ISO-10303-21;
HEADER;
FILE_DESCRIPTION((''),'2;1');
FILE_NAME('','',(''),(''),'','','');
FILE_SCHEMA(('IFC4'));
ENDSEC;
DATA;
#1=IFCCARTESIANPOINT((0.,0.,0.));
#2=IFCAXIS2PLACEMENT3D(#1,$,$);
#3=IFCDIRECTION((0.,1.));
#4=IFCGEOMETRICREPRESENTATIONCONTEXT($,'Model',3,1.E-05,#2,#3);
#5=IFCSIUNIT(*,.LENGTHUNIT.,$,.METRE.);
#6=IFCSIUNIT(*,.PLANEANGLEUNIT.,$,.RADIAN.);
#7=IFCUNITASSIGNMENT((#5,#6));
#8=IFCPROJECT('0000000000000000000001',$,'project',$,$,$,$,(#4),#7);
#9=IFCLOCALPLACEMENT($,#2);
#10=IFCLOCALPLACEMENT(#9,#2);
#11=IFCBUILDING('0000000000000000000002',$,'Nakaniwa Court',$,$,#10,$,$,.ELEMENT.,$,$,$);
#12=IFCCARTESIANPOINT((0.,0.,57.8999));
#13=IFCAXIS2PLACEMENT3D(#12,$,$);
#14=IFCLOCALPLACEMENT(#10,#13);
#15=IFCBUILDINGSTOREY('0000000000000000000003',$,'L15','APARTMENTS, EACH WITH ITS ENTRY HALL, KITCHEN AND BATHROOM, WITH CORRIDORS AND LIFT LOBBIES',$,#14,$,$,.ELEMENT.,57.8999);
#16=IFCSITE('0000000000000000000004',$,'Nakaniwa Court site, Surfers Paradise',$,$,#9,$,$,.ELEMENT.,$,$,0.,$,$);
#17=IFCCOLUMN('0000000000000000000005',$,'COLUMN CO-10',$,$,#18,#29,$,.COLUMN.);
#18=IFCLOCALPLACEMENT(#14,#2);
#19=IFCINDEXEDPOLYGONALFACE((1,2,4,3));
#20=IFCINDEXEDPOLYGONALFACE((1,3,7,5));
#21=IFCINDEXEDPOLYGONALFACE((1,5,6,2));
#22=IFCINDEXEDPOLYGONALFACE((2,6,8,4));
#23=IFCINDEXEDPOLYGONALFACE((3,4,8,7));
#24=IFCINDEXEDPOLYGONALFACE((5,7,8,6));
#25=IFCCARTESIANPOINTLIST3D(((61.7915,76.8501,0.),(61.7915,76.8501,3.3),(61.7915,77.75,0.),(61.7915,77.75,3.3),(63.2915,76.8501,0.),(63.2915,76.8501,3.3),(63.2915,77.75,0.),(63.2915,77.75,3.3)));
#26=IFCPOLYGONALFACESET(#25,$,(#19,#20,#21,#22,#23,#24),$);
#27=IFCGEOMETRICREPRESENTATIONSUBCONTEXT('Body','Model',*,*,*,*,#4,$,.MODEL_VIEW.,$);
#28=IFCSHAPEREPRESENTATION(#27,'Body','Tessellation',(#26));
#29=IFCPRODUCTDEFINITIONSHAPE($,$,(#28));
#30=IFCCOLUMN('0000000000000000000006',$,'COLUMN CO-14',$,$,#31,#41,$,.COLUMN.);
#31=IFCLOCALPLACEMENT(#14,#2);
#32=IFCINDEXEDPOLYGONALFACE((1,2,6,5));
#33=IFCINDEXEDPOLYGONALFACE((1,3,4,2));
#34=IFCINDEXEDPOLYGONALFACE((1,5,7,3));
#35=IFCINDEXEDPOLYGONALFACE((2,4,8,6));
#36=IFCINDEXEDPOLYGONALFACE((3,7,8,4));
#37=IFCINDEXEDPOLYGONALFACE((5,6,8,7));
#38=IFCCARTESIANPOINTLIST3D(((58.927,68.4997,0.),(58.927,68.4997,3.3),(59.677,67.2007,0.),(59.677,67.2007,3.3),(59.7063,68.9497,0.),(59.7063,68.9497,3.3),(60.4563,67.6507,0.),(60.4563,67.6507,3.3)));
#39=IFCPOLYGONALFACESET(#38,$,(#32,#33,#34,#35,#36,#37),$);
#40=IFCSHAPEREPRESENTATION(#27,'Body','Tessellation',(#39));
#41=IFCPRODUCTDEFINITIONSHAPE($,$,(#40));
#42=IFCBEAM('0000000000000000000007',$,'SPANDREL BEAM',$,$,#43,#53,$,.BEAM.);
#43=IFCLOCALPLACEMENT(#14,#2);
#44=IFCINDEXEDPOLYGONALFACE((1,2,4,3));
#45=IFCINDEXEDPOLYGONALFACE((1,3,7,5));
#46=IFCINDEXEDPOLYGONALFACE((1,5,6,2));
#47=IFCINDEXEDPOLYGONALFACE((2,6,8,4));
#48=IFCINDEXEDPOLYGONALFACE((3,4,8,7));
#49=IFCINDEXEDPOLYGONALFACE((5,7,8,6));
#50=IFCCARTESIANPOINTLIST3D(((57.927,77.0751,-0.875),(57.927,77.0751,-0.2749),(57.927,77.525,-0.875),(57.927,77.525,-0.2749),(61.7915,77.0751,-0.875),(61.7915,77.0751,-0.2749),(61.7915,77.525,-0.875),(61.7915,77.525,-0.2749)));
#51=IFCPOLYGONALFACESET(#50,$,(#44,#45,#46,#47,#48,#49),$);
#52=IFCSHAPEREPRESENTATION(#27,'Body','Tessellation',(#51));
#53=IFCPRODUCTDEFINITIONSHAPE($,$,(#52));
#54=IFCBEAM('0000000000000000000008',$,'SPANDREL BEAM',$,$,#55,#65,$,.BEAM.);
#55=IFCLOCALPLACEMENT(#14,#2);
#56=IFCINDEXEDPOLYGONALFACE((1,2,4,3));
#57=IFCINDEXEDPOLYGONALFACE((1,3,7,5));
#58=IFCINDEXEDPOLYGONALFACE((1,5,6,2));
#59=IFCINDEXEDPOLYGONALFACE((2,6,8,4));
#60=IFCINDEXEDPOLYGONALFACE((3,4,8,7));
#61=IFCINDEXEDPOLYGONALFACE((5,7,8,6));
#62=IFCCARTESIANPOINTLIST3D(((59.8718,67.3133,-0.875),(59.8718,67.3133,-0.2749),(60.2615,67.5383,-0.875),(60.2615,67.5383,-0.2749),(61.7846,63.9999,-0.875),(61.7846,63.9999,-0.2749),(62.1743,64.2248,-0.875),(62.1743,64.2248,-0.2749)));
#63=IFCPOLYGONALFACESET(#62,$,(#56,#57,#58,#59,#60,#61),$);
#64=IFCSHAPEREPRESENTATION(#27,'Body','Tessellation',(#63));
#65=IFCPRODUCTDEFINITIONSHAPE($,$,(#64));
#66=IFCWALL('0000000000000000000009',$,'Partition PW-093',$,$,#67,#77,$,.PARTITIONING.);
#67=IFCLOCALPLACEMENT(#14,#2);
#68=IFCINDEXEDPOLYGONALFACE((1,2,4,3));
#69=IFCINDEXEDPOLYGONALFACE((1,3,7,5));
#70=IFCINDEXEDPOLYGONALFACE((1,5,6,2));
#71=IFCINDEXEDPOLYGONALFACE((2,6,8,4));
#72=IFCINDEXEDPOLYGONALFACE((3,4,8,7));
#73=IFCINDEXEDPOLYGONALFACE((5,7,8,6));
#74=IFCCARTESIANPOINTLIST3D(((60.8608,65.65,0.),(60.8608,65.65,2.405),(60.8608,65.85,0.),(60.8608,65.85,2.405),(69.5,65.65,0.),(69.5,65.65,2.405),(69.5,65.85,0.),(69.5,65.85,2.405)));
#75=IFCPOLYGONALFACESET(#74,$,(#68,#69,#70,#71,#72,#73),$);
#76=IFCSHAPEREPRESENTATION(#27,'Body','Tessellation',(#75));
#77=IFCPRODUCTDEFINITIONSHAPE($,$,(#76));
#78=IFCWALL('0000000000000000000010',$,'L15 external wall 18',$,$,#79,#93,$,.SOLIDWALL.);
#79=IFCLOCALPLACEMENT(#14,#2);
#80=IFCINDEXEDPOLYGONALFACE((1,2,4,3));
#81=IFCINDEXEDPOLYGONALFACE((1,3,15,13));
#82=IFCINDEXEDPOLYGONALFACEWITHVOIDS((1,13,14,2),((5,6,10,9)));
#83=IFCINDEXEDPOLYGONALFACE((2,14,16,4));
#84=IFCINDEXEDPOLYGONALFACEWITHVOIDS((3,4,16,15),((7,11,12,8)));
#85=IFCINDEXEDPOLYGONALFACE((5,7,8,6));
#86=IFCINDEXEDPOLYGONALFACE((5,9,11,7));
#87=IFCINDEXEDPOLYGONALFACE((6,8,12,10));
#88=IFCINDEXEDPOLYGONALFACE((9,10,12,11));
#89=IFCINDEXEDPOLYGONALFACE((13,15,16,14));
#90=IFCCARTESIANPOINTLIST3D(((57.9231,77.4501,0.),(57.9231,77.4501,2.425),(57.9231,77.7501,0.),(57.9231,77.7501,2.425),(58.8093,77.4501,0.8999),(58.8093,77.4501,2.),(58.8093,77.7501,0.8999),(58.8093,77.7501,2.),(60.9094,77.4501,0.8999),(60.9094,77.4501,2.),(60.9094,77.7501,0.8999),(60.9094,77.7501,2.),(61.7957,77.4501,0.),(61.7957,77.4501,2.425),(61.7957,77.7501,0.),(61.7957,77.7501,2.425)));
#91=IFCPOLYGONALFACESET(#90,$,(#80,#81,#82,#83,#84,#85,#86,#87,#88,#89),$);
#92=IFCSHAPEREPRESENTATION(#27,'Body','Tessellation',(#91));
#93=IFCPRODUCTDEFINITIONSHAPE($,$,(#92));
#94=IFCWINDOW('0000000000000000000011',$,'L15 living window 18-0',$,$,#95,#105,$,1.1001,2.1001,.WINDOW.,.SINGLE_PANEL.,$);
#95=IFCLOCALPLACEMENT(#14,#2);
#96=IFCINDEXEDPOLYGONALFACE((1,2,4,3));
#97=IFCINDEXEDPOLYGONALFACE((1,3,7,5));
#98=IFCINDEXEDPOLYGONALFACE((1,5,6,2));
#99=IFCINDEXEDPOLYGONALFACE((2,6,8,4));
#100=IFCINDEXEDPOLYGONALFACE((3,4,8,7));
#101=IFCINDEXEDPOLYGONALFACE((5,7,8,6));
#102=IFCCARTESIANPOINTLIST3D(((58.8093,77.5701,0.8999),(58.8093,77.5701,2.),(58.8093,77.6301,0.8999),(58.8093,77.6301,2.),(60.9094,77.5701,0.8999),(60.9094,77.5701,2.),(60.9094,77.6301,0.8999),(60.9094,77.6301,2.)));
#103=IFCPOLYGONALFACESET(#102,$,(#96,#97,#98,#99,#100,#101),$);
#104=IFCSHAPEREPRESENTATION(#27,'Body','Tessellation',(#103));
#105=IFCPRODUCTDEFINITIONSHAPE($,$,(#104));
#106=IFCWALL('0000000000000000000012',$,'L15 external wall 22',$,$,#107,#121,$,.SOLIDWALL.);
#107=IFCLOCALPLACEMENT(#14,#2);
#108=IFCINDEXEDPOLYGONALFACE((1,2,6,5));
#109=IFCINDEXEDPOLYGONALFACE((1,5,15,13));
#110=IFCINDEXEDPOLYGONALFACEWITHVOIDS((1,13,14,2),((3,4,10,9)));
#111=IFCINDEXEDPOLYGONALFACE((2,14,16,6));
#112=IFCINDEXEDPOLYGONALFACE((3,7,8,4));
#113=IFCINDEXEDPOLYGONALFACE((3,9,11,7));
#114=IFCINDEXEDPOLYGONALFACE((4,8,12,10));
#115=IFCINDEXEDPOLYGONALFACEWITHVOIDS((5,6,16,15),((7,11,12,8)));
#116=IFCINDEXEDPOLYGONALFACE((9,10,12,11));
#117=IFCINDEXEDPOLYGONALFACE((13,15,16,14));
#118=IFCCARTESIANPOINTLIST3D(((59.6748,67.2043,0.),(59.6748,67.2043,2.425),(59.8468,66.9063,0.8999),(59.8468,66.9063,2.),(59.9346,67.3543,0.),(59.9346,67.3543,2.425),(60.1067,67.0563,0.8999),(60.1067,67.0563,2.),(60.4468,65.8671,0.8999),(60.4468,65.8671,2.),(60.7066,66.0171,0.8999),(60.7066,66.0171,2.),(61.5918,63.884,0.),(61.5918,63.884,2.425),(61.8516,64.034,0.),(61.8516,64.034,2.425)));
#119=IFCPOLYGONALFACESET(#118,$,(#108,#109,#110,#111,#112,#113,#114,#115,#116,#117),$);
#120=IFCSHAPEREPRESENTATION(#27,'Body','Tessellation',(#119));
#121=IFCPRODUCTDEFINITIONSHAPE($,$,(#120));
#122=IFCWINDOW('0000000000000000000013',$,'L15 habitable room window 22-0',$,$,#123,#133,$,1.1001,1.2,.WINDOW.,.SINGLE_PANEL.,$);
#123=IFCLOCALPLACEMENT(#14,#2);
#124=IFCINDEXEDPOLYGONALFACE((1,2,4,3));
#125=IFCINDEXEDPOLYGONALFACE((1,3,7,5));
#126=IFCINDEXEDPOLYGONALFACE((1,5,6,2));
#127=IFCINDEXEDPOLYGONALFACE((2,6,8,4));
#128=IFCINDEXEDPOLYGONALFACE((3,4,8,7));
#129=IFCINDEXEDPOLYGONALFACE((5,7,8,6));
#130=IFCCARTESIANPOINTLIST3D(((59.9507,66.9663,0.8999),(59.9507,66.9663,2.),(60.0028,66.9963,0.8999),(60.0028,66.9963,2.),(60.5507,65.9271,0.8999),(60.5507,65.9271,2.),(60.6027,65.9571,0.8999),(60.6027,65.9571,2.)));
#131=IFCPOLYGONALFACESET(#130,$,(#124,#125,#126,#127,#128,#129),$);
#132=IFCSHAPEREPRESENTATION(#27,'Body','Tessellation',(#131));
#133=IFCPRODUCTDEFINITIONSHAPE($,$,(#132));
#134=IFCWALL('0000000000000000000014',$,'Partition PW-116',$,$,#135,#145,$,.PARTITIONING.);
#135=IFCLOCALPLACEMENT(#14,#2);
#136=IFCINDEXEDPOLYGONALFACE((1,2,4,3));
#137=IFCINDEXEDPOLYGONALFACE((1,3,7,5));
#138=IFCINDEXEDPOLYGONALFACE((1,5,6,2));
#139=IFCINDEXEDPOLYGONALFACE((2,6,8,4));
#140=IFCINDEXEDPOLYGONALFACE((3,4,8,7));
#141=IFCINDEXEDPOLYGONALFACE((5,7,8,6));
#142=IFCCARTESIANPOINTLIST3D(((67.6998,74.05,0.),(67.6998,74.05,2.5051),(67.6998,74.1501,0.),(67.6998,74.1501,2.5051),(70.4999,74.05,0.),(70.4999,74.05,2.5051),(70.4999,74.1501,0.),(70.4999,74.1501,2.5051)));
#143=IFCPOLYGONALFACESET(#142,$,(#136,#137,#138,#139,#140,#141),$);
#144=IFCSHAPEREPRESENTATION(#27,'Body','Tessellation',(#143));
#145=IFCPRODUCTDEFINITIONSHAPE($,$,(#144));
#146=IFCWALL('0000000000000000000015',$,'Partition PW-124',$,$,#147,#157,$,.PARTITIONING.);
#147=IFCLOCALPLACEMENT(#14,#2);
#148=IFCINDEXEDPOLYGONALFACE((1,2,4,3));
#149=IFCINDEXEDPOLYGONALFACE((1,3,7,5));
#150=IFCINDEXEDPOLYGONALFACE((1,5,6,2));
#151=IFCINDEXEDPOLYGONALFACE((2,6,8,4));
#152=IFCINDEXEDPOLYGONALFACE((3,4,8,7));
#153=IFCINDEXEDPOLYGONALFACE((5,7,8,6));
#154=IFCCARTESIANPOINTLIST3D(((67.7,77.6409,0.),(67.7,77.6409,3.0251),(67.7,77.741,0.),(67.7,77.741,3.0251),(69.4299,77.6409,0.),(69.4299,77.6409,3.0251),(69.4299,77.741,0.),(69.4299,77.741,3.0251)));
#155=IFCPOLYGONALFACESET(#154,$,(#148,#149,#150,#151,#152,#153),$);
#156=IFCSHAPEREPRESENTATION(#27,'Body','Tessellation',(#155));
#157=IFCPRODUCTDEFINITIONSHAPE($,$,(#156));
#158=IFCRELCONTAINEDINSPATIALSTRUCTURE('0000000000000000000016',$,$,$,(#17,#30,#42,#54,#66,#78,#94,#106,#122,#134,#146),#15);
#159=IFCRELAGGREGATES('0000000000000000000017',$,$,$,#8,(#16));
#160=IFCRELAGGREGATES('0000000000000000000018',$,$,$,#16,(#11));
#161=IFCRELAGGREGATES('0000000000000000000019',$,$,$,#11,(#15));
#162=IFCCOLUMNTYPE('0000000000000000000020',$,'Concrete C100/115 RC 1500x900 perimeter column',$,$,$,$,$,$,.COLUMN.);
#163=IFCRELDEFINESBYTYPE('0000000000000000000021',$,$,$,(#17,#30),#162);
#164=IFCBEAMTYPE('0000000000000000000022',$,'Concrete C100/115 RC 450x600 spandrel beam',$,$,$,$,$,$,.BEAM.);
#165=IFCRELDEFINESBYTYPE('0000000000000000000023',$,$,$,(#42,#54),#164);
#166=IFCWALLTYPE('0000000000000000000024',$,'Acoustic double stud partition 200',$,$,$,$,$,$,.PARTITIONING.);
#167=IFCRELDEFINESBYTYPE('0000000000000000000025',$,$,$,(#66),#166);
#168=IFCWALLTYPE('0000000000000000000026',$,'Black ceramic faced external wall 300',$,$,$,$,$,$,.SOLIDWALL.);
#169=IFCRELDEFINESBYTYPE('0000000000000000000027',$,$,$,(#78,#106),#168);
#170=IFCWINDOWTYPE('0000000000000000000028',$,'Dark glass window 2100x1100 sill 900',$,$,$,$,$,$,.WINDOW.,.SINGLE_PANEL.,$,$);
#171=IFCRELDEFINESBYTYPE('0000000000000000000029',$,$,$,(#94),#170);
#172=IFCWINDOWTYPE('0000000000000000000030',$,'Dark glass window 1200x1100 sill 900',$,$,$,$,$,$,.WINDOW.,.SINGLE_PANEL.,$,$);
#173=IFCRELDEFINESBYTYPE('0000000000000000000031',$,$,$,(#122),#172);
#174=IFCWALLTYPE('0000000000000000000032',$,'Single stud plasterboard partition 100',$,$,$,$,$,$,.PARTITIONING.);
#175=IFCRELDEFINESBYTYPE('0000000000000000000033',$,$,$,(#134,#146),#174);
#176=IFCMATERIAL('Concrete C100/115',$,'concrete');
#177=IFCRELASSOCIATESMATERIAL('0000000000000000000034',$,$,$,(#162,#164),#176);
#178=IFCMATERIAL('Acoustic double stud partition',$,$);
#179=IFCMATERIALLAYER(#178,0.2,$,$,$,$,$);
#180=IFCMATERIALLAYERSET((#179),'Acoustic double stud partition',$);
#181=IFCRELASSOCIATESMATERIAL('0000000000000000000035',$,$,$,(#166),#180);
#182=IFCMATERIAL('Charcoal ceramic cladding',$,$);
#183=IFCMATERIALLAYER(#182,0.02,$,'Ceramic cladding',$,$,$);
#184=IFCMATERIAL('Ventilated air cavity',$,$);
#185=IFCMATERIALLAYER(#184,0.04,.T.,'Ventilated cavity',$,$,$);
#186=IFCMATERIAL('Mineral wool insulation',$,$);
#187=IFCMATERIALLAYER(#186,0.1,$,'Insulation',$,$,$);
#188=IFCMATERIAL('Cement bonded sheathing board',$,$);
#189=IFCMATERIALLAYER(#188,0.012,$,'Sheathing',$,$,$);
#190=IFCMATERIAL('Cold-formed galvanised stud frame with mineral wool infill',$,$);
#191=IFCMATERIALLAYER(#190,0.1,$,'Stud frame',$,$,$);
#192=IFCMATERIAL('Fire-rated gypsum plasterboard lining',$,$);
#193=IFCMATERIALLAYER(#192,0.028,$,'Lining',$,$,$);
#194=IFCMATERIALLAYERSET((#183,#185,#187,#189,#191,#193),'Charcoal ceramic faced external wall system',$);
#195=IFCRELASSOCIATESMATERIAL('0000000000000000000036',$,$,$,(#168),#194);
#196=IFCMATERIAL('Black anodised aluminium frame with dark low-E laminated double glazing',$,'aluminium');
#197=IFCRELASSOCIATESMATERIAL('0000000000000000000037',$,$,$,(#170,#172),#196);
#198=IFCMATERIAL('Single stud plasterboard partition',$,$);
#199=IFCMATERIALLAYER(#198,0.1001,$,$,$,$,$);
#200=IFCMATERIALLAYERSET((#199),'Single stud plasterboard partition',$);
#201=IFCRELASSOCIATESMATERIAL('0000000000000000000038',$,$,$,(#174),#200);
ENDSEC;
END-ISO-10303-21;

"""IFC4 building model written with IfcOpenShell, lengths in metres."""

from ifc_helpers import new_model, si_unit, direction, frame, frame_2d, origin, origin_2d, place, context, subcontext, project, spatial, rectangle, extrude, material, layer, layer_set, material_profile, profile_set, type_object, element, fill, save


model = new_model("IFC4")

# Units and contexts
model_context = context("Model", 3, precision=1e-05, world=origin(), true_north=direction((0.0, 1.0)))
body_context = subcontext(model_context, "Body", "Model", "MODEL_VIEW")
ifc_project = project(units=[si_unit("LENGTHUNIT", "METRE"), si_unit("PLANEANGLEUNIT", "RADIAN")], contexts=[model_context])

# Site, building, storey
site_placement = place(None, origin())
site = spatial("IfcSite", under=ifc_project, at=site_placement, Name="Nakaniwa Court site, Surfers Paradise", CompositionType="ELEMENT", RefElevation=0.0)
building_placement = place(site_placement, origin())
building = spatial("IfcBuilding", under=site, at=building_placement, Name="Nakaniwa Court", CompositionType="ELEMENT")
storey_placement = place(building_placement, frame((0.0, 0.0, 57.8999)))
storey = spatial("IfcBuildingStorey", under=building, at=storey_placement, Name="L15", Description="APARTMENTS, EACH WITH ITS ENTRY HALL, KITCHEN AND BATHROOM, WITH CORRIDORS AND LIFT LOBBIES", CompositionType="ELEMENT", Elevation=57.8999)

# Columns
ifc_material_1 = material(Name="Concrete C100/115", Category="concrete")
ifc_material_profile_1 = material_profile(ifc_material_1, rectangle(XDim=1.5, YDim=0.8999, at=origin_2d()), Name="Concrete C100/115 RC 1500x900 perimeter column")
ifc_profile_set_1 = profile_set([ifc_material_profile_1], Name="Concrete C100/115")
column_type = type_object("IfcColumnType", Name="Concrete C100/115 RC 1500x900 perimeter column", PredefinedType="COLUMN", material=ifc_profile_set_1)
for number, where, z_axis, x_axis, name in (
    (1, (62.5415, 77.3, 0.0), (0.0, 0.0, 1.0), (-1.0, 0.0, 0.0), "COLUMN CO-10"),
    (2, (59.6917, 68.0752, 0.0), (0.0, 0.0, 1.0), (0.5, -0.866025, 0.0), "COLUMN CO-14"),
):
    element("IfcColumn", number, at=place(storey_placement, frame(where, z_axis=z_axis, x_axis=x_axis)), inside=storey, type_object=column_type, Name=name, PredefinedType="COLUMN", context=body_context, shape_type="SweptSolid", body=[
        extrude(rectangle(XDim=1.5, YDim=0.8999, at=origin_2d()), origin(), (0.0, 0.0, 1.0), 3.3),
    ])

# Beams
ifc_material_profile_2 = material_profile(ifc_material_1, rectangle(XDim=0.45, YDim=0.6001, at=origin_2d()), Name="Concrete C100/115 RC 450x600 spandrel beam")
ifc_profile_set_2 = profile_set([ifc_material_profile_2], Name="Concrete C100/115")
beam_type = type_object("IfcBeamType", Name="Concrete C100/115 RC 450x600 spandrel beam", PredefinedType="BEAM", material=ifc_profile_set_2)
beam_1_placement = place(storey_placement, frame((61.7915, 77.3, -0.575), z_axis=(-1.0, 0.0, 0.0), x_axis=(0.0, -1.0, 0.0)))
element("IfcBeam", 3, at=beam_1_placement, inside=storey, type_object=beam_type, Name="SPANDREL BEAM", PredefinedType="BEAM", context=body_context, shape_type="SweptSolid", body=[
    extrude(rectangle(XDim=0.45, YDim=0.6001, at=origin_2d()), origin(), (0.0, 0.0, 1.0), 3.8645),
])
beam_2_placement = place(storey_placement, frame((60.0667, 67.4258, -0.575), z_axis=(0.499962, -0.866047, 0.0), x_axis=(0.866047, 0.499962, 0.0)))
element("IfcBeam", 4, at=beam_2_placement, inside=storey, type_object=beam_type, Name="SPANDREL BEAM", PredefinedType="BEAM", context=body_context, shape_type="SweptSolid", body=[
    extrude(rectangle(XDim=0.45, YDim=0.6001, at=origin_2d()), origin(), (0.0, 0.0, 1.0), 3.8259),
])

# Wall
ifc_material_2 = material(Name="Acoustic double stud partition")
ifc_layer_1 = layer(ifc_material_2, 0.2)
ifc_layer_set_1 = layer_set([ifc_layer_1], Name="Acoustic double stud partition")
wall_type_1 = type_object("IfcWallType", Name="Acoustic double stud partition 200", PredefinedType="PARTITIONING", material=ifc_layer_set_1)
wall_1_placement = place(storey_placement, frame((60.8608, 65.75, 0.0), z_axis=(0.0, 0.0, 1.0), x_axis=(1.0, 0.0, 0.0)))
element("IfcWall", 5, at=wall_1_placement, inside=storey, type_object=wall_type_1, Name="Partition PW-093", PredefinedType="PARTITIONING", context=body_context, shape_type="SweptSolid", body=[
    extrude(rectangle(XDim=8.6392, YDim=0.2, at=frame_2d((4.3196, 0.0))), origin(), (0.0, 0.0, 1.0), 2.405),
])

# Walls, openings, windows
ifc_material_3 = material(Name="Charcoal ceramic cladding")
ifc_layer_2 = layer(ifc_material_3, 0.02, Name="Ceramic cladding")
ifc_material_4 = material(Name="Ventilated air cavity")
ifc_layer_3 = layer(ifc_material_4, 0.04, ventilated=True, Name="Ventilated cavity")
ifc_material_5 = material(Name="Mineral wool insulation")
ifc_layer_4 = layer(ifc_material_5, 0.1, Name="Insulation")
ifc_material_6 = material(Name="Cement bonded sheathing board")
ifc_layer_5 = layer(ifc_material_6, 0.012, Name="Sheathing")
ifc_material_7 = material(Name="Cold-formed galvanised stud frame with mineral wool infill")
ifc_layer_6 = layer(ifc_material_7, 0.1, Name="Stud frame")
ifc_material_8 = material(Name="Fire-rated gypsum plasterboard lining")
ifc_layer_7 = layer(ifc_material_8, 0.028, Name="Lining")
ifc_layer_set_2 = layer_set([ifc_layer_2, ifc_layer_3, ifc_layer_4, ifc_layer_5, ifc_layer_6, ifc_layer_7], Name="Charcoal ceramic faced external wall system")
wall_type_2 = type_object("IfcWallType", Name="Black ceramic faced external wall 300", PredefinedType="SOLIDWALL", material=ifc_layer_set_2)
wall_2_placement = place(storey_placement, frame((61.7957, 77.6001, 0.0), z_axis=(0.0, 0.0, 1.0), x_axis=(-1.0, 0.0, 0.0)))
wall_2 = element("IfcWall", 6, at=wall_2_placement, inside=storey, type_object=wall_type_2, Name="L15 external wall 18", PredefinedType="SOLIDWALL", context=body_context, shape_type="SweptSolid", body=[
    extrude(rectangle(XDim=3.8726, YDim=0.3, at=frame_2d((1.9363, 0.0))), origin(), (0.0, 0.0, 1.0), 2.425),
])
opening_1_placement = place(wall_2_placement, frame((0.8862, 0.0, 0.8999)))
opening_1 = element("IfcOpeningElement", 7, at=opening_1_placement, cuts=wall_2, PredefinedType="OPENING", context=body_context, shape_type="SweptSolid", body=[
    extrude(rectangle(XDim=2.1001, YDim=1.1001, at=frame_2d((1.05, 0.55))), frame((0.0, 0.1599, 0.0), z_axis=(0.0, -1.0, 0.0), x_axis=(1.0, 0.0, 0.0)), (0.0, 0.0, 1.0), 0.3201),
])
ifc_material_9 = material(Name="Black anodised aluminium frame with dark low-E laminated double glazing", Category="aluminium")
window_type_1 = type_object("IfcWindowType", Name="Dark glass window 2100x1100 sill 900", PartitioningType="SINGLE_PANEL", PredefinedType="WINDOW", material=ifc_material_9)
window_1_placement = place(opening_1_placement, origin())
window_1 = element("IfcWindow", 8, at=window_1_placement, inside=storey, type_object=window_type_1, Name="L15 living window 18-0", OverallHeight=1.1001, OverallWidth=2.1001, PartitioningType="SINGLE_PANEL", PredefinedType="WINDOW", context=body_context, shape_type="SweptSolid", body=[
    extrude(rectangle(XDim=2.1001, YDim=1.1001, at=frame_2d((1.05, 0.55))), frame((0.0, 0.03, 0.0), z_axis=(0.0, -1.0, 0.0), x_axis=(1.0, 0.0, 0.0)), (0.0, 0.0, 1.0), 0.0601),
])
fill(opening_1, window_1)
wall_3_placement = place(storey_placement, frame((59.8047, 67.2793, 0.0), z_axis=(0.0, 0.0, 1.0), x_axis=(0.500002, -0.866024, 0.0)))
wall_3 = element("IfcWall", 9, at=wall_3_placement, inside=storey, type_object=wall_type_2, Name="L15 external wall 22", PredefinedType="SOLIDWALL", context=body_context, shape_type="SweptSolid", body=[
    extrude(rectangle(XDim=3.834, YDim=0.3, at=frame_2d((1.917, 0.0))), origin(), (0.0, 0.0, 1.0), 2.425),
])
opening_2_placement = place(wall_3_placement, frame((0.344, 0.0, 0.8999)))
opening_2 = element("IfcOpeningElement", 10, at=opening_2_placement, cuts=wall_3, PredefinedType="OPENING", context=body_context, shape_type="SweptSolid", body=[
    extrude(rectangle(XDim=1.2, YDim=1.1001, at=frame_2d((0.6001, 0.55))), frame((0.0, 0.1599, 0.0), z_axis=(0.0, -1.0, 0.0), x_axis=(1.0, 0.0, 0.0)), (0.0, 0.0, 1.0), 0.3201),
])
window_type_2 = type_object("IfcWindowType", Name="Dark glass window 1200x1100 sill 900", PartitioningType="SINGLE_PANEL", PredefinedType="WINDOW", material=ifc_material_9)
window_2_placement = place(opening_2_placement, origin())
window_2 = element("IfcWindow", 11, at=window_2_placement, inside=storey, type_object=window_type_2, Name="L15 habitable room window 22-0", OverallHeight=1.1001, OverallWidth=1.2, PartitioningType="SINGLE_PANEL", PredefinedType="WINDOW", context=body_context, shape_type="SweptSolid", body=[
    extrude(rectangle(XDim=1.2, YDim=1.1001, at=frame_2d((0.6001, 0.55))), frame((0.0, 0.03, 0.0), z_axis=(0.0, -1.0, 0.0), x_axis=(1.0, 0.0, 0.0)), (0.0, 0.0, 1.0), 0.0601),
])
fill(opening_2, window_2)

# Walls
ifc_material_10 = material(Name="Single stud plasterboard partition")
ifc_layer_8 = layer(ifc_material_10, 0.1001)
ifc_layer_set_3 = layer_set([ifc_layer_8], Name="Single stud plasterboard partition")
wall_type_3 = type_object("IfcWallType", Name="Single stud plasterboard partition 100", PredefinedType="PARTITIONING", material=ifc_layer_set_3)
wall_4_placement = place(storey_placement, frame((67.7, 74.1001, 0.0), z_axis=(0.0, 0.0, 1.0), x_axis=(1.0, 0.0, 0.0)))
element("IfcWall", 12, at=wall_4_placement, inside=storey, type_object=wall_type_3, Name="Partition PW-116", PredefinedType="PARTITIONING", context=body_context, shape_type="SweptSolid", body=[
    extrude(rectangle(XDim=2.8, YDim=0.1001, at=frame_2d((1.3999, 0.0))), origin(), (0.0, 0.0, 1.0), 2.5051),
])
wall_5_placement = place(storey_placement, frame((67.7, 77.6909, 0.0), z_axis=(0.0, 0.0, 1.0), x_axis=(1.0, 0.0, 0.0)))
element("IfcWall", 13, at=wall_5_placement, inside=storey, type_object=wall_type_3, Name="Partition PW-124", PredefinedType="PARTITIONING", context=body_context, shape_type="SweptSolid", body=[
    extrude(rectangle(XDim=1.73, YDim=0.1001, at=frame_2d((0.865, 0.0))), origin(), (0.0, 0.0, 1.0), 3.0251),
])

save(model, "model.ifc")
